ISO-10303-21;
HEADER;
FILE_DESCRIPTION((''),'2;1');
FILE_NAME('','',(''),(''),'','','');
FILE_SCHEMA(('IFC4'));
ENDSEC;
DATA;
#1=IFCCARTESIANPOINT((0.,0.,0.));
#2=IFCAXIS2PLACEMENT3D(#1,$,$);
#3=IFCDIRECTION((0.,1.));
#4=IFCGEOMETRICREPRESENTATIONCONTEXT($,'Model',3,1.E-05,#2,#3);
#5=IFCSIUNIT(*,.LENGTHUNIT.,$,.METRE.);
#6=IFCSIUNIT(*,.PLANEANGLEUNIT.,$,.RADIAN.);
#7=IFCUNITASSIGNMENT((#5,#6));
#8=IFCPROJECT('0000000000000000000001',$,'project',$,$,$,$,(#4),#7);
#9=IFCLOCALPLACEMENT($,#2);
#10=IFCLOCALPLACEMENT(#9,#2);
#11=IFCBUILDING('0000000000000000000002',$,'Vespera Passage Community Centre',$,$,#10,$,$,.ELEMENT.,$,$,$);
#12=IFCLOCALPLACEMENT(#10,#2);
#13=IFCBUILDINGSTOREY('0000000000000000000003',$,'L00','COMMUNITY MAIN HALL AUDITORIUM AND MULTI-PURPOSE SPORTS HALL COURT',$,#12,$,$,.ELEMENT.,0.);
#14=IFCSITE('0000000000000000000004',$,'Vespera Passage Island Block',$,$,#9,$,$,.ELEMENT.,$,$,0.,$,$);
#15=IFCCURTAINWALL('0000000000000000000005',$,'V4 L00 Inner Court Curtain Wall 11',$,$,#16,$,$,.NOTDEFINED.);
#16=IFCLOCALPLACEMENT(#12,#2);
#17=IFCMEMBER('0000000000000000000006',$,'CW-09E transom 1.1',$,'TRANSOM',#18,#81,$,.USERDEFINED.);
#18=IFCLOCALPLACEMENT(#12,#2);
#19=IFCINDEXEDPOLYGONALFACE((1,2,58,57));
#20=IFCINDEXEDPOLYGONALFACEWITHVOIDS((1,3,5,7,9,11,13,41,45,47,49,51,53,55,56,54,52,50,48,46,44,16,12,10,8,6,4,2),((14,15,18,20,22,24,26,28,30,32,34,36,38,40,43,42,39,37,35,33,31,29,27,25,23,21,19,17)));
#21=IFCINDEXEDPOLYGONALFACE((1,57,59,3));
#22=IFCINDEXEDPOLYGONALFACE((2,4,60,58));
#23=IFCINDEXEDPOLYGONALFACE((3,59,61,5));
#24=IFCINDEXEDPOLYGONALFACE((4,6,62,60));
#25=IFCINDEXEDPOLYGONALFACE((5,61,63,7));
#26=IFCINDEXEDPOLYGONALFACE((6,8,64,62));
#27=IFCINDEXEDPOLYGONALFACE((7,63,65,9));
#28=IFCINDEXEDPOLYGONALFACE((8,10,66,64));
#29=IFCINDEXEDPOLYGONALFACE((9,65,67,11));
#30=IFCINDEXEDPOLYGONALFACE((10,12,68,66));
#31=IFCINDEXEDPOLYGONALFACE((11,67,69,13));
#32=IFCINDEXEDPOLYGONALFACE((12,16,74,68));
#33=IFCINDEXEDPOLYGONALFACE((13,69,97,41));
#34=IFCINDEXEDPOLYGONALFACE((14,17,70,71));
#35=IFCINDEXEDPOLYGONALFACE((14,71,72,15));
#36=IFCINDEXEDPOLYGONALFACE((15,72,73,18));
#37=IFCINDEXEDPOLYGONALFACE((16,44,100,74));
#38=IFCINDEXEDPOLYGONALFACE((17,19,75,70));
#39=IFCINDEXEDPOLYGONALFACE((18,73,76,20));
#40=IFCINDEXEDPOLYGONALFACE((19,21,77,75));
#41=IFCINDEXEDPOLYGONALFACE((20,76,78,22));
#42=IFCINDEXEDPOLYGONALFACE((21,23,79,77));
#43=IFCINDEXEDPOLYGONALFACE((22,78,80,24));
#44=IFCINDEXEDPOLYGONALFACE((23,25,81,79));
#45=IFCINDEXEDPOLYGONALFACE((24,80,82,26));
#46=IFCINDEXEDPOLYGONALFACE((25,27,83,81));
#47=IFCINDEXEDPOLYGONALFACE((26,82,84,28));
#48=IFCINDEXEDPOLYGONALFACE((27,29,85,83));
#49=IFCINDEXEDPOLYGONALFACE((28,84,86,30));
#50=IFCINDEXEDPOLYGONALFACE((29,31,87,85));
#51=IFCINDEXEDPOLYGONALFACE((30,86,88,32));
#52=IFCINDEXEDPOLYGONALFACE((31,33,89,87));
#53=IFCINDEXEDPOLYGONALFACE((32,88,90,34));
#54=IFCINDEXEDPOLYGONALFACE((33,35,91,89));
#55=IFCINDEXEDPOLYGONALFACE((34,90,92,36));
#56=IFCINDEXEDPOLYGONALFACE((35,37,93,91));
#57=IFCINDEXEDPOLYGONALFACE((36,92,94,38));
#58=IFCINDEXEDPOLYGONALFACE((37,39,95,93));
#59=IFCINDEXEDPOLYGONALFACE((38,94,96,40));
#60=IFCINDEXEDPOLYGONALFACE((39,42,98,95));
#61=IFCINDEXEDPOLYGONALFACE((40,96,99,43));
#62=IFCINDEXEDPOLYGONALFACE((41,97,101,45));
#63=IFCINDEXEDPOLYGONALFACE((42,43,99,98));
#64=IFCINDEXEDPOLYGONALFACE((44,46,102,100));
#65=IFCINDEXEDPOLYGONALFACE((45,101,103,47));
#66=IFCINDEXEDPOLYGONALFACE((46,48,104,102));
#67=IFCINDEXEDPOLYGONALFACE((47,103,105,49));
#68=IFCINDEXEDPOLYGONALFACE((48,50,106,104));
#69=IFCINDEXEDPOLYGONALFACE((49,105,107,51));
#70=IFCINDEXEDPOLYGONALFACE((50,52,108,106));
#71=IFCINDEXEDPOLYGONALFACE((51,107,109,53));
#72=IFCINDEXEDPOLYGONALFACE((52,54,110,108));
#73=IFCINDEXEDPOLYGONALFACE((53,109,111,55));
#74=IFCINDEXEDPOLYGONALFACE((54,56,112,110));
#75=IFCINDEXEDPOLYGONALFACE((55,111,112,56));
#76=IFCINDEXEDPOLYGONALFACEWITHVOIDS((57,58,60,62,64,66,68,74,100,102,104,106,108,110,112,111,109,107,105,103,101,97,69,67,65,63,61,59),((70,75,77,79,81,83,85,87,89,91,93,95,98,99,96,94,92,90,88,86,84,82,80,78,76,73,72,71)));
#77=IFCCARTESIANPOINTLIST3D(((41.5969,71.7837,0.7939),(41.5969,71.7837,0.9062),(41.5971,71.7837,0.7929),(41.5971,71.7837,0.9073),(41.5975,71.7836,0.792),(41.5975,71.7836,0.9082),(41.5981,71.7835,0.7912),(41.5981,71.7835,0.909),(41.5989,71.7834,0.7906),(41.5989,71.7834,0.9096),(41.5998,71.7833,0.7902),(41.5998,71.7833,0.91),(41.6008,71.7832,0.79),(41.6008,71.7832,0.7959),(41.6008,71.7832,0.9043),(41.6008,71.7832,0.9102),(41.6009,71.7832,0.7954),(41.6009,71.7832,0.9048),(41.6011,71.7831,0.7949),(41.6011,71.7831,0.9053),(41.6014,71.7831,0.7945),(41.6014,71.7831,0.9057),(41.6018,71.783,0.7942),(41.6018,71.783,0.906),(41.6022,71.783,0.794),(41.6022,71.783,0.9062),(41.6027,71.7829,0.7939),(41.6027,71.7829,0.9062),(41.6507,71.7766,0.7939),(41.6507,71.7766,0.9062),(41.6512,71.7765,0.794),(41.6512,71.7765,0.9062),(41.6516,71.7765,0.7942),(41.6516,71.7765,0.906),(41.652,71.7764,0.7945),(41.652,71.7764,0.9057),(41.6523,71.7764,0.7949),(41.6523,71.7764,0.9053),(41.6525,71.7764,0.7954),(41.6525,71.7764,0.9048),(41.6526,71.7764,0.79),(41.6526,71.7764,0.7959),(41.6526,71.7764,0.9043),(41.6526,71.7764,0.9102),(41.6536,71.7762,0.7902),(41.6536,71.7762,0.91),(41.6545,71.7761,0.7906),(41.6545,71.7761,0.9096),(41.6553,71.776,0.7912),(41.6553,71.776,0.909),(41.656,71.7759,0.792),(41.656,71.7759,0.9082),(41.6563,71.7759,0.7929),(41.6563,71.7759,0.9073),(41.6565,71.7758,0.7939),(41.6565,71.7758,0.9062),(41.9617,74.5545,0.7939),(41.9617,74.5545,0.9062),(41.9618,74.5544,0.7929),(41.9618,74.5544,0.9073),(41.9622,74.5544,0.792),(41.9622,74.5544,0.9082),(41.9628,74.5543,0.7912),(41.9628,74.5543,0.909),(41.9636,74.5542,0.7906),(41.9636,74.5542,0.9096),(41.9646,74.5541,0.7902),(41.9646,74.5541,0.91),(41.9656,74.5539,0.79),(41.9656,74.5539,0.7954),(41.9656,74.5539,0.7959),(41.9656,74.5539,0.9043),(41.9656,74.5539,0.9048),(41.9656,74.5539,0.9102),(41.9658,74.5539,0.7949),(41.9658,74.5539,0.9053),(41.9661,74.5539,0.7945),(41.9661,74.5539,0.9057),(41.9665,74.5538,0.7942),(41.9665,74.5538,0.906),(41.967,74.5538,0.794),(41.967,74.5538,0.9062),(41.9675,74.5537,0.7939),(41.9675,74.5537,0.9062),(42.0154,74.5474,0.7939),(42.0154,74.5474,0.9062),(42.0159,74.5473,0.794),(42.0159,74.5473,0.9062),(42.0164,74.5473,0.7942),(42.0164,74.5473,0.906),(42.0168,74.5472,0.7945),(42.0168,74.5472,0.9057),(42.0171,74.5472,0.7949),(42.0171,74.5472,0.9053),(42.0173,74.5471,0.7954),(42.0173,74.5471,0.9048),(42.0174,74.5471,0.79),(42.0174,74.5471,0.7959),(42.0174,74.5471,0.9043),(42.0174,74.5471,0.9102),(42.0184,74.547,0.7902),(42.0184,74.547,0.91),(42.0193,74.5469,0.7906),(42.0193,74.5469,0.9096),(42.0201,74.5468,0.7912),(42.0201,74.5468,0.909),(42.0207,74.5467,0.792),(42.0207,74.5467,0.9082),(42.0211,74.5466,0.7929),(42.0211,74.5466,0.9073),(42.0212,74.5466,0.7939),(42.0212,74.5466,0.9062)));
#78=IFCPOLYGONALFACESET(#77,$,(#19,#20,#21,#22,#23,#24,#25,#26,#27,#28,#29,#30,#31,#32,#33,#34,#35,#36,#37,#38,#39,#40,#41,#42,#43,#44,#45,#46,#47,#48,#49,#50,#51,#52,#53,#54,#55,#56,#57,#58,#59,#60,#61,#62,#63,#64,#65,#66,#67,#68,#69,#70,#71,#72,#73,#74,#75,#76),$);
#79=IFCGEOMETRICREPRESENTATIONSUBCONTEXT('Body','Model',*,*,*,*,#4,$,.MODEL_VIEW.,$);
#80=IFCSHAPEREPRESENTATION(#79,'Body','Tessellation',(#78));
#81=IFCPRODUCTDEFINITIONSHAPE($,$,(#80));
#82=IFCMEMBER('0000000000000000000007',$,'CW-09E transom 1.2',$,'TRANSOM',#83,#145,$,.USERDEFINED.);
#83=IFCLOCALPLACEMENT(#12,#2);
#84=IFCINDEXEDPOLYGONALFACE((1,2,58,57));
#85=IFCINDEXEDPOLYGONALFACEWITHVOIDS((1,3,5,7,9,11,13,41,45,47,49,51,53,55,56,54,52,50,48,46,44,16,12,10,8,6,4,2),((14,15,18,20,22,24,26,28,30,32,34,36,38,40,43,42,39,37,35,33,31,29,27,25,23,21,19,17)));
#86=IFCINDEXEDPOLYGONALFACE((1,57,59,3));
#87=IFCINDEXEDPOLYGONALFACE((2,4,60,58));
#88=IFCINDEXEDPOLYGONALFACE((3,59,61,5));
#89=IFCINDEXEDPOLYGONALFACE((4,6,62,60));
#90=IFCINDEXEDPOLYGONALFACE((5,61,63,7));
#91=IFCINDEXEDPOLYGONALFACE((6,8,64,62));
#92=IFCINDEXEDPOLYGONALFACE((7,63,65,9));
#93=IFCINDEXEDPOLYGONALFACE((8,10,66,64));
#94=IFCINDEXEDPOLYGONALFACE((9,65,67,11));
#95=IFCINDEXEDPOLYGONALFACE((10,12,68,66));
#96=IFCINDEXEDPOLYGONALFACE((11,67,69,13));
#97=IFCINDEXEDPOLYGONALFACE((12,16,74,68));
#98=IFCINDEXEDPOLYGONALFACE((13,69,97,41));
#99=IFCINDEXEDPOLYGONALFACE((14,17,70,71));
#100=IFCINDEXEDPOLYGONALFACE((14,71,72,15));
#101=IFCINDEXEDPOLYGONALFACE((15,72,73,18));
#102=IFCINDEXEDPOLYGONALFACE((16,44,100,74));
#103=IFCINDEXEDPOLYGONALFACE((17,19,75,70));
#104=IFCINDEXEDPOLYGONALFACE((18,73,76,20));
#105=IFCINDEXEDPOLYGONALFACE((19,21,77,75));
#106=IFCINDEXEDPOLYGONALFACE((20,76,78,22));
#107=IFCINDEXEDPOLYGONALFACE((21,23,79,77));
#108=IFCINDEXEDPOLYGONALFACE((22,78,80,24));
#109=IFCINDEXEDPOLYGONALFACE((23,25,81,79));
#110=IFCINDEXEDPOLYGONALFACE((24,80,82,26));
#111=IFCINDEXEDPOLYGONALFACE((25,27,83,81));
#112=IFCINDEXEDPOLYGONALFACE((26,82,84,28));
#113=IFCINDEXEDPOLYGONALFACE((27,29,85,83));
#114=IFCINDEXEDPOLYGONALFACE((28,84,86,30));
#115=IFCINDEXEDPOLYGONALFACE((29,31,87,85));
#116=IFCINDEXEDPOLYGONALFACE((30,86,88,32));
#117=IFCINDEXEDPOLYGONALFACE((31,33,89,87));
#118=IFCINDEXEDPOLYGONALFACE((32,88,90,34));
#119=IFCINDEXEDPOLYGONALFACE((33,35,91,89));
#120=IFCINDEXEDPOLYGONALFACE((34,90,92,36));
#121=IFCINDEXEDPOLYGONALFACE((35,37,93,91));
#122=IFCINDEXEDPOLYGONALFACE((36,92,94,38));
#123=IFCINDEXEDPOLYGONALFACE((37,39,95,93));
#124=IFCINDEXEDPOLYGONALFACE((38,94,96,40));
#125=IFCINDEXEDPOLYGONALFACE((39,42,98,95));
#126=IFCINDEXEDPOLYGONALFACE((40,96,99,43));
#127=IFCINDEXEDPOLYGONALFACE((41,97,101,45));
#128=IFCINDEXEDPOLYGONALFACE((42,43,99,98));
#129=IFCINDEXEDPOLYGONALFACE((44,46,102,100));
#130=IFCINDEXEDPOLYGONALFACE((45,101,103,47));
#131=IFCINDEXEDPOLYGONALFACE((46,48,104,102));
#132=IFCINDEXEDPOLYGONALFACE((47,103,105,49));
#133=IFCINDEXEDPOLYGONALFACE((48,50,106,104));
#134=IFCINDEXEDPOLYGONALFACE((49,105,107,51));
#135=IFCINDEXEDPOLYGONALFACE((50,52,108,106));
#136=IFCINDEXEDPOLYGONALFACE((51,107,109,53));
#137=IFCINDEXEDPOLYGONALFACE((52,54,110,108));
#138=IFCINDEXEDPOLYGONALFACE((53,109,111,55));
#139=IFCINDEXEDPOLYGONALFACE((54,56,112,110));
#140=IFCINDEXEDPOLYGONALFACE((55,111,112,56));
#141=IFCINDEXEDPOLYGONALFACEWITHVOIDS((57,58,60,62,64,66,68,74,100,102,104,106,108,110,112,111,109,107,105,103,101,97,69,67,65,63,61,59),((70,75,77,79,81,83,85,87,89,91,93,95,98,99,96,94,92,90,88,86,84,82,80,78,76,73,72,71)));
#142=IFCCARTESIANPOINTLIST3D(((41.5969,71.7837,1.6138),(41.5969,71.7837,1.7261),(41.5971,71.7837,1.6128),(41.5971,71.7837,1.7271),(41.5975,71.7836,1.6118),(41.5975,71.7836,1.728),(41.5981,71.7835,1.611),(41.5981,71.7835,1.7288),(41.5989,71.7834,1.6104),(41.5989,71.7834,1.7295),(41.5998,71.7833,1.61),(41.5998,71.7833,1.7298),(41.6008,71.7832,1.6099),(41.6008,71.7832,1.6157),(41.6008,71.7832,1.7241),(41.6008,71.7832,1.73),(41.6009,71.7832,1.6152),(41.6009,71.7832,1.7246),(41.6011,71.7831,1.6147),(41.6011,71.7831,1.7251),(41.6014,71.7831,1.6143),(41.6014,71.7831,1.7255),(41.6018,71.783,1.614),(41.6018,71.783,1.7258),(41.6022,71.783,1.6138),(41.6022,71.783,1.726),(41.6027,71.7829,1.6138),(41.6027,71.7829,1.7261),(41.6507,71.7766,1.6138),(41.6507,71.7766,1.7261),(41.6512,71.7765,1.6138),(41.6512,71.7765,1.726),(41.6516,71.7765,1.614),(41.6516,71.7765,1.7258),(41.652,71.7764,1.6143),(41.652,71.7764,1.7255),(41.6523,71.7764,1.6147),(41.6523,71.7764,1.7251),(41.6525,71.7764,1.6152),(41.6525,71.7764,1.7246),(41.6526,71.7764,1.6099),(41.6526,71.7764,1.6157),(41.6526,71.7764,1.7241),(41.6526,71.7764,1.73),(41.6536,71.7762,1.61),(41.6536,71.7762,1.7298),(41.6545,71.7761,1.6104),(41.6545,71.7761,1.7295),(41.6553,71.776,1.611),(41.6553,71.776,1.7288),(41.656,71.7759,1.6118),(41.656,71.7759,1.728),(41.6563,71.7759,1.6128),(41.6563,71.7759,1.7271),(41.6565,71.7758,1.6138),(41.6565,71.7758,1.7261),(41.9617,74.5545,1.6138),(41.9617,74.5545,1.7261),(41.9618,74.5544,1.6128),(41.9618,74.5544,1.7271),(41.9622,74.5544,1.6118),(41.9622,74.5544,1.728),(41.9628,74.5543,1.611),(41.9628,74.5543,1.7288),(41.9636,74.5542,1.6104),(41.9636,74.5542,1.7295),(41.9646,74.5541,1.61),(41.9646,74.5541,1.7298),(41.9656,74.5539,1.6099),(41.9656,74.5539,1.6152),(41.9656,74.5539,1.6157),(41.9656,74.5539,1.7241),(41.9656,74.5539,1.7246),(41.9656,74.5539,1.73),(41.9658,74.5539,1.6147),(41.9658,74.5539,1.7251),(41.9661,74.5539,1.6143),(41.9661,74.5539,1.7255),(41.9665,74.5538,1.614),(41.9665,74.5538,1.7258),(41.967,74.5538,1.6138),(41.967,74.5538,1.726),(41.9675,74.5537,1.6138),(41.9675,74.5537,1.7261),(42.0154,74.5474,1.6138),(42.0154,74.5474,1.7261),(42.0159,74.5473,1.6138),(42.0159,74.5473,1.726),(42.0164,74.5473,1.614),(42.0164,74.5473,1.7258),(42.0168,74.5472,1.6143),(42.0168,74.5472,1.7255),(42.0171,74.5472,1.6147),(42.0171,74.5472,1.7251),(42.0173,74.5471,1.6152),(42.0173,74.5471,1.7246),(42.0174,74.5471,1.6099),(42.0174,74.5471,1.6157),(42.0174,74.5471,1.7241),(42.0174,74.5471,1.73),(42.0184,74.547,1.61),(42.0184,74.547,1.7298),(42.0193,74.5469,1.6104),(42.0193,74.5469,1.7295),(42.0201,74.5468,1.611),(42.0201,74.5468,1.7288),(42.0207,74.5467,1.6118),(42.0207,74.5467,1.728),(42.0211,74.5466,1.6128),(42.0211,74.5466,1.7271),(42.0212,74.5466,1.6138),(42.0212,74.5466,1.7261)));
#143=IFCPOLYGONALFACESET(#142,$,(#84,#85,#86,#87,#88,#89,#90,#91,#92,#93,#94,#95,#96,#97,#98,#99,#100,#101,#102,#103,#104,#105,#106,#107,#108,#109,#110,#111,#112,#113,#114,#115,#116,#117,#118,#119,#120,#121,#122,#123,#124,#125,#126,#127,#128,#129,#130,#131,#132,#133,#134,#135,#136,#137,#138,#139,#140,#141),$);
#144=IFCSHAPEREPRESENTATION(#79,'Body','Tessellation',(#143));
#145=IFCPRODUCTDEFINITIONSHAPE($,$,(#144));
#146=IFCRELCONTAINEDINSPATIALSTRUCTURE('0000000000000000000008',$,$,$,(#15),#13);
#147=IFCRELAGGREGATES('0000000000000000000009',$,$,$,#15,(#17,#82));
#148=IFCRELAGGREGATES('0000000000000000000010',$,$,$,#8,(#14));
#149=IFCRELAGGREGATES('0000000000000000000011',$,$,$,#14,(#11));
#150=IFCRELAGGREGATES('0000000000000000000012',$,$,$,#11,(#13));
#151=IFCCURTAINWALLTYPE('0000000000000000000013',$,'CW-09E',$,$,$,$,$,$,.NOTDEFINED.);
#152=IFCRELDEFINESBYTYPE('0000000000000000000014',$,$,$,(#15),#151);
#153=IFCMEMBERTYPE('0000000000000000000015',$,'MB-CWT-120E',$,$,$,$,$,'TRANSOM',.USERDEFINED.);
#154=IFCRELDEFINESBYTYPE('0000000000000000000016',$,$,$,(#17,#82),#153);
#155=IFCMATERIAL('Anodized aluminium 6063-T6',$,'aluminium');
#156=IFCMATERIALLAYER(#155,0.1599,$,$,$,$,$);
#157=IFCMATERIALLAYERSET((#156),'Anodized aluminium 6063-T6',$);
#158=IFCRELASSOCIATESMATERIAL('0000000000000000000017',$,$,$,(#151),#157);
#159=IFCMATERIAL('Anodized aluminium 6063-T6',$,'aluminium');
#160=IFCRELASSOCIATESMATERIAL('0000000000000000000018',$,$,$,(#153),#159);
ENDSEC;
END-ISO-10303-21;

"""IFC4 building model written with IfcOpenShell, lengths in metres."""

from ifc_helpers import new_model, si_unit, direction, frame, origin, origin_2d, place, context, subcontext, project, spatial, hollow_rectangle, extrude, material, layer, layer_set, material_profile, profile_set, type_object, element, aggregate, save


model = new_model("IFC4")

# Units and contexts
model_context = context("Model", 3, precision=1e-05, world=origin(), true_north=direction((0.0, 1.0)))
body_context = subcontext(model_context, "Body", "Model", "MODEL_VIEW")
ifc_project = project(units=[si_unit("LENGTHUNIT", "METRE"), si_unit("PLANEANGLEUNIT", "RADIAN")], contexts=[model_context])

# Site, building, storey
site_placement = place(None, origin())
site = spatial("IfcSite", under=ifc_project, at=site_placement, Name="Vespera Passage Island Block", CompositionType="ELEMENT", RefElevation=0.0)
building_placement = place(site_placement, origin())
building = spatial("IfcBuilding", under=site, at=building_placement, Name="Vespera Passage Community Centre", CompositionType="ELEMENT")
storey_placement = place(building_placement, origin())
storey = spatial("IfcBuildingStorey", under=building, at=storey_placement, Name="L00", Description="COMMUNITY MAIN HALL AUDITORIUM AND MULTI-PURPOSE SPORTS HALL COURT", CompositionType="ELEMENT", Elevation=0.0)

# Curtain wall
ifc_material_1 = material(Name="Anodized aluminium 6063-T6", Category="aluminium")
ifc_layer_1 = layer(ifc_material_1, 0.1599)
ifc_layer_set_1 = layer_set([ifc_layer_1], Name="Anodized aluminium 6063-T6")
curtain_wall_type_1 = type_object("IfcCurtainWallType", Name="CW-09E", PredefinedType="NOTDEFINED", material=ifc_layer_set_1)
curtain_wall_1_placement = place(storey_placement, origin())
curtain_wall_1 = element("IfcCurtainWall", 1, at=curtain_wall_1_placement, inside=storey, type_object=curtain_wall_type_1, Name="V4 L00 Inner Court Curtain Wall 11", PredefinedType="NOTDEFINED")
ifc_material_2 = material(Name="Anodized aluminium 6063-T6", Category="aluminium")
ifc_material_profile_1 = material_profile(ifc_material_2, hollow_rectangle(XDim=0.0601, YDim=0.1201, WallThickness=0.0039, InnerFilletRadius=0.002, OuterFilletRadius=0.0039, at=origin_2d()), Name="ALU120X60X4")
ifc_profile_set_1 = profile_set([ifc_material_profile_1], Name="Anodized aluminium 6063-T6")
member_type_1 = type_object("IfcMemberType", Name="MB-CWT-120E", ElementType="TRANSOM", PredefinedType="USERDEFINED", material=ifc_profile_set_1)

# Members
member_1_placement = place(storey_placement, frame((41.9915, 74.5505, 0.8501), z_axis=(-0.130516, -0.991446, 0.0), x_axis=(0.991446, -0.130516, 0.0)))
member_1 = element("IfcMember", 2, at=member_1_placement, type_object=member_type_1, Name="CW-09E transom 1.1", ObjectType="TRANSOM", PredefinedType="USERDEFINED", context=body_context, shape_type="SweptSolid", body=[
    extrude(hollow_rectangle(XDim=0.0601, YDim=0.1201, WallThickness=0.0039, InnerFilletRadius=0.002, OuterFilletRadius=0.0039, at=origin_2d()), origin(), (0.0, 0.0, 1.0), 2.7947),
])
member_2_placement = place(storey_placement, frame((41.9915, 74.5505, 1.6699), z_axis=(-0.130516, -0.991446, 0.0), x_axis=(0.991446, -0.130516, 0.0)))
member_2 = element("IfcMember", 3, at=member_2_placement, type_object=member_type_1, Name="CW-09E transom 1.2", ObjectType="TRANSOM", PredefinedType="USERDEFINED", context=body_context, shape_type="SweptSolid", body=[
    extrude(hollow_rectangle(XDim=0.0601, YDim=0.1201, WallThickness=0.0039, InnerFilletRadius=0.002, OuterFilletRadius=0.0039, at=origin_2d()), origin(), (0.0, 0.0, 1.0), 2.7947),
])

aggregate(curtain_wall_1, [member_1, member_2])

save(model, "model.ifc")
